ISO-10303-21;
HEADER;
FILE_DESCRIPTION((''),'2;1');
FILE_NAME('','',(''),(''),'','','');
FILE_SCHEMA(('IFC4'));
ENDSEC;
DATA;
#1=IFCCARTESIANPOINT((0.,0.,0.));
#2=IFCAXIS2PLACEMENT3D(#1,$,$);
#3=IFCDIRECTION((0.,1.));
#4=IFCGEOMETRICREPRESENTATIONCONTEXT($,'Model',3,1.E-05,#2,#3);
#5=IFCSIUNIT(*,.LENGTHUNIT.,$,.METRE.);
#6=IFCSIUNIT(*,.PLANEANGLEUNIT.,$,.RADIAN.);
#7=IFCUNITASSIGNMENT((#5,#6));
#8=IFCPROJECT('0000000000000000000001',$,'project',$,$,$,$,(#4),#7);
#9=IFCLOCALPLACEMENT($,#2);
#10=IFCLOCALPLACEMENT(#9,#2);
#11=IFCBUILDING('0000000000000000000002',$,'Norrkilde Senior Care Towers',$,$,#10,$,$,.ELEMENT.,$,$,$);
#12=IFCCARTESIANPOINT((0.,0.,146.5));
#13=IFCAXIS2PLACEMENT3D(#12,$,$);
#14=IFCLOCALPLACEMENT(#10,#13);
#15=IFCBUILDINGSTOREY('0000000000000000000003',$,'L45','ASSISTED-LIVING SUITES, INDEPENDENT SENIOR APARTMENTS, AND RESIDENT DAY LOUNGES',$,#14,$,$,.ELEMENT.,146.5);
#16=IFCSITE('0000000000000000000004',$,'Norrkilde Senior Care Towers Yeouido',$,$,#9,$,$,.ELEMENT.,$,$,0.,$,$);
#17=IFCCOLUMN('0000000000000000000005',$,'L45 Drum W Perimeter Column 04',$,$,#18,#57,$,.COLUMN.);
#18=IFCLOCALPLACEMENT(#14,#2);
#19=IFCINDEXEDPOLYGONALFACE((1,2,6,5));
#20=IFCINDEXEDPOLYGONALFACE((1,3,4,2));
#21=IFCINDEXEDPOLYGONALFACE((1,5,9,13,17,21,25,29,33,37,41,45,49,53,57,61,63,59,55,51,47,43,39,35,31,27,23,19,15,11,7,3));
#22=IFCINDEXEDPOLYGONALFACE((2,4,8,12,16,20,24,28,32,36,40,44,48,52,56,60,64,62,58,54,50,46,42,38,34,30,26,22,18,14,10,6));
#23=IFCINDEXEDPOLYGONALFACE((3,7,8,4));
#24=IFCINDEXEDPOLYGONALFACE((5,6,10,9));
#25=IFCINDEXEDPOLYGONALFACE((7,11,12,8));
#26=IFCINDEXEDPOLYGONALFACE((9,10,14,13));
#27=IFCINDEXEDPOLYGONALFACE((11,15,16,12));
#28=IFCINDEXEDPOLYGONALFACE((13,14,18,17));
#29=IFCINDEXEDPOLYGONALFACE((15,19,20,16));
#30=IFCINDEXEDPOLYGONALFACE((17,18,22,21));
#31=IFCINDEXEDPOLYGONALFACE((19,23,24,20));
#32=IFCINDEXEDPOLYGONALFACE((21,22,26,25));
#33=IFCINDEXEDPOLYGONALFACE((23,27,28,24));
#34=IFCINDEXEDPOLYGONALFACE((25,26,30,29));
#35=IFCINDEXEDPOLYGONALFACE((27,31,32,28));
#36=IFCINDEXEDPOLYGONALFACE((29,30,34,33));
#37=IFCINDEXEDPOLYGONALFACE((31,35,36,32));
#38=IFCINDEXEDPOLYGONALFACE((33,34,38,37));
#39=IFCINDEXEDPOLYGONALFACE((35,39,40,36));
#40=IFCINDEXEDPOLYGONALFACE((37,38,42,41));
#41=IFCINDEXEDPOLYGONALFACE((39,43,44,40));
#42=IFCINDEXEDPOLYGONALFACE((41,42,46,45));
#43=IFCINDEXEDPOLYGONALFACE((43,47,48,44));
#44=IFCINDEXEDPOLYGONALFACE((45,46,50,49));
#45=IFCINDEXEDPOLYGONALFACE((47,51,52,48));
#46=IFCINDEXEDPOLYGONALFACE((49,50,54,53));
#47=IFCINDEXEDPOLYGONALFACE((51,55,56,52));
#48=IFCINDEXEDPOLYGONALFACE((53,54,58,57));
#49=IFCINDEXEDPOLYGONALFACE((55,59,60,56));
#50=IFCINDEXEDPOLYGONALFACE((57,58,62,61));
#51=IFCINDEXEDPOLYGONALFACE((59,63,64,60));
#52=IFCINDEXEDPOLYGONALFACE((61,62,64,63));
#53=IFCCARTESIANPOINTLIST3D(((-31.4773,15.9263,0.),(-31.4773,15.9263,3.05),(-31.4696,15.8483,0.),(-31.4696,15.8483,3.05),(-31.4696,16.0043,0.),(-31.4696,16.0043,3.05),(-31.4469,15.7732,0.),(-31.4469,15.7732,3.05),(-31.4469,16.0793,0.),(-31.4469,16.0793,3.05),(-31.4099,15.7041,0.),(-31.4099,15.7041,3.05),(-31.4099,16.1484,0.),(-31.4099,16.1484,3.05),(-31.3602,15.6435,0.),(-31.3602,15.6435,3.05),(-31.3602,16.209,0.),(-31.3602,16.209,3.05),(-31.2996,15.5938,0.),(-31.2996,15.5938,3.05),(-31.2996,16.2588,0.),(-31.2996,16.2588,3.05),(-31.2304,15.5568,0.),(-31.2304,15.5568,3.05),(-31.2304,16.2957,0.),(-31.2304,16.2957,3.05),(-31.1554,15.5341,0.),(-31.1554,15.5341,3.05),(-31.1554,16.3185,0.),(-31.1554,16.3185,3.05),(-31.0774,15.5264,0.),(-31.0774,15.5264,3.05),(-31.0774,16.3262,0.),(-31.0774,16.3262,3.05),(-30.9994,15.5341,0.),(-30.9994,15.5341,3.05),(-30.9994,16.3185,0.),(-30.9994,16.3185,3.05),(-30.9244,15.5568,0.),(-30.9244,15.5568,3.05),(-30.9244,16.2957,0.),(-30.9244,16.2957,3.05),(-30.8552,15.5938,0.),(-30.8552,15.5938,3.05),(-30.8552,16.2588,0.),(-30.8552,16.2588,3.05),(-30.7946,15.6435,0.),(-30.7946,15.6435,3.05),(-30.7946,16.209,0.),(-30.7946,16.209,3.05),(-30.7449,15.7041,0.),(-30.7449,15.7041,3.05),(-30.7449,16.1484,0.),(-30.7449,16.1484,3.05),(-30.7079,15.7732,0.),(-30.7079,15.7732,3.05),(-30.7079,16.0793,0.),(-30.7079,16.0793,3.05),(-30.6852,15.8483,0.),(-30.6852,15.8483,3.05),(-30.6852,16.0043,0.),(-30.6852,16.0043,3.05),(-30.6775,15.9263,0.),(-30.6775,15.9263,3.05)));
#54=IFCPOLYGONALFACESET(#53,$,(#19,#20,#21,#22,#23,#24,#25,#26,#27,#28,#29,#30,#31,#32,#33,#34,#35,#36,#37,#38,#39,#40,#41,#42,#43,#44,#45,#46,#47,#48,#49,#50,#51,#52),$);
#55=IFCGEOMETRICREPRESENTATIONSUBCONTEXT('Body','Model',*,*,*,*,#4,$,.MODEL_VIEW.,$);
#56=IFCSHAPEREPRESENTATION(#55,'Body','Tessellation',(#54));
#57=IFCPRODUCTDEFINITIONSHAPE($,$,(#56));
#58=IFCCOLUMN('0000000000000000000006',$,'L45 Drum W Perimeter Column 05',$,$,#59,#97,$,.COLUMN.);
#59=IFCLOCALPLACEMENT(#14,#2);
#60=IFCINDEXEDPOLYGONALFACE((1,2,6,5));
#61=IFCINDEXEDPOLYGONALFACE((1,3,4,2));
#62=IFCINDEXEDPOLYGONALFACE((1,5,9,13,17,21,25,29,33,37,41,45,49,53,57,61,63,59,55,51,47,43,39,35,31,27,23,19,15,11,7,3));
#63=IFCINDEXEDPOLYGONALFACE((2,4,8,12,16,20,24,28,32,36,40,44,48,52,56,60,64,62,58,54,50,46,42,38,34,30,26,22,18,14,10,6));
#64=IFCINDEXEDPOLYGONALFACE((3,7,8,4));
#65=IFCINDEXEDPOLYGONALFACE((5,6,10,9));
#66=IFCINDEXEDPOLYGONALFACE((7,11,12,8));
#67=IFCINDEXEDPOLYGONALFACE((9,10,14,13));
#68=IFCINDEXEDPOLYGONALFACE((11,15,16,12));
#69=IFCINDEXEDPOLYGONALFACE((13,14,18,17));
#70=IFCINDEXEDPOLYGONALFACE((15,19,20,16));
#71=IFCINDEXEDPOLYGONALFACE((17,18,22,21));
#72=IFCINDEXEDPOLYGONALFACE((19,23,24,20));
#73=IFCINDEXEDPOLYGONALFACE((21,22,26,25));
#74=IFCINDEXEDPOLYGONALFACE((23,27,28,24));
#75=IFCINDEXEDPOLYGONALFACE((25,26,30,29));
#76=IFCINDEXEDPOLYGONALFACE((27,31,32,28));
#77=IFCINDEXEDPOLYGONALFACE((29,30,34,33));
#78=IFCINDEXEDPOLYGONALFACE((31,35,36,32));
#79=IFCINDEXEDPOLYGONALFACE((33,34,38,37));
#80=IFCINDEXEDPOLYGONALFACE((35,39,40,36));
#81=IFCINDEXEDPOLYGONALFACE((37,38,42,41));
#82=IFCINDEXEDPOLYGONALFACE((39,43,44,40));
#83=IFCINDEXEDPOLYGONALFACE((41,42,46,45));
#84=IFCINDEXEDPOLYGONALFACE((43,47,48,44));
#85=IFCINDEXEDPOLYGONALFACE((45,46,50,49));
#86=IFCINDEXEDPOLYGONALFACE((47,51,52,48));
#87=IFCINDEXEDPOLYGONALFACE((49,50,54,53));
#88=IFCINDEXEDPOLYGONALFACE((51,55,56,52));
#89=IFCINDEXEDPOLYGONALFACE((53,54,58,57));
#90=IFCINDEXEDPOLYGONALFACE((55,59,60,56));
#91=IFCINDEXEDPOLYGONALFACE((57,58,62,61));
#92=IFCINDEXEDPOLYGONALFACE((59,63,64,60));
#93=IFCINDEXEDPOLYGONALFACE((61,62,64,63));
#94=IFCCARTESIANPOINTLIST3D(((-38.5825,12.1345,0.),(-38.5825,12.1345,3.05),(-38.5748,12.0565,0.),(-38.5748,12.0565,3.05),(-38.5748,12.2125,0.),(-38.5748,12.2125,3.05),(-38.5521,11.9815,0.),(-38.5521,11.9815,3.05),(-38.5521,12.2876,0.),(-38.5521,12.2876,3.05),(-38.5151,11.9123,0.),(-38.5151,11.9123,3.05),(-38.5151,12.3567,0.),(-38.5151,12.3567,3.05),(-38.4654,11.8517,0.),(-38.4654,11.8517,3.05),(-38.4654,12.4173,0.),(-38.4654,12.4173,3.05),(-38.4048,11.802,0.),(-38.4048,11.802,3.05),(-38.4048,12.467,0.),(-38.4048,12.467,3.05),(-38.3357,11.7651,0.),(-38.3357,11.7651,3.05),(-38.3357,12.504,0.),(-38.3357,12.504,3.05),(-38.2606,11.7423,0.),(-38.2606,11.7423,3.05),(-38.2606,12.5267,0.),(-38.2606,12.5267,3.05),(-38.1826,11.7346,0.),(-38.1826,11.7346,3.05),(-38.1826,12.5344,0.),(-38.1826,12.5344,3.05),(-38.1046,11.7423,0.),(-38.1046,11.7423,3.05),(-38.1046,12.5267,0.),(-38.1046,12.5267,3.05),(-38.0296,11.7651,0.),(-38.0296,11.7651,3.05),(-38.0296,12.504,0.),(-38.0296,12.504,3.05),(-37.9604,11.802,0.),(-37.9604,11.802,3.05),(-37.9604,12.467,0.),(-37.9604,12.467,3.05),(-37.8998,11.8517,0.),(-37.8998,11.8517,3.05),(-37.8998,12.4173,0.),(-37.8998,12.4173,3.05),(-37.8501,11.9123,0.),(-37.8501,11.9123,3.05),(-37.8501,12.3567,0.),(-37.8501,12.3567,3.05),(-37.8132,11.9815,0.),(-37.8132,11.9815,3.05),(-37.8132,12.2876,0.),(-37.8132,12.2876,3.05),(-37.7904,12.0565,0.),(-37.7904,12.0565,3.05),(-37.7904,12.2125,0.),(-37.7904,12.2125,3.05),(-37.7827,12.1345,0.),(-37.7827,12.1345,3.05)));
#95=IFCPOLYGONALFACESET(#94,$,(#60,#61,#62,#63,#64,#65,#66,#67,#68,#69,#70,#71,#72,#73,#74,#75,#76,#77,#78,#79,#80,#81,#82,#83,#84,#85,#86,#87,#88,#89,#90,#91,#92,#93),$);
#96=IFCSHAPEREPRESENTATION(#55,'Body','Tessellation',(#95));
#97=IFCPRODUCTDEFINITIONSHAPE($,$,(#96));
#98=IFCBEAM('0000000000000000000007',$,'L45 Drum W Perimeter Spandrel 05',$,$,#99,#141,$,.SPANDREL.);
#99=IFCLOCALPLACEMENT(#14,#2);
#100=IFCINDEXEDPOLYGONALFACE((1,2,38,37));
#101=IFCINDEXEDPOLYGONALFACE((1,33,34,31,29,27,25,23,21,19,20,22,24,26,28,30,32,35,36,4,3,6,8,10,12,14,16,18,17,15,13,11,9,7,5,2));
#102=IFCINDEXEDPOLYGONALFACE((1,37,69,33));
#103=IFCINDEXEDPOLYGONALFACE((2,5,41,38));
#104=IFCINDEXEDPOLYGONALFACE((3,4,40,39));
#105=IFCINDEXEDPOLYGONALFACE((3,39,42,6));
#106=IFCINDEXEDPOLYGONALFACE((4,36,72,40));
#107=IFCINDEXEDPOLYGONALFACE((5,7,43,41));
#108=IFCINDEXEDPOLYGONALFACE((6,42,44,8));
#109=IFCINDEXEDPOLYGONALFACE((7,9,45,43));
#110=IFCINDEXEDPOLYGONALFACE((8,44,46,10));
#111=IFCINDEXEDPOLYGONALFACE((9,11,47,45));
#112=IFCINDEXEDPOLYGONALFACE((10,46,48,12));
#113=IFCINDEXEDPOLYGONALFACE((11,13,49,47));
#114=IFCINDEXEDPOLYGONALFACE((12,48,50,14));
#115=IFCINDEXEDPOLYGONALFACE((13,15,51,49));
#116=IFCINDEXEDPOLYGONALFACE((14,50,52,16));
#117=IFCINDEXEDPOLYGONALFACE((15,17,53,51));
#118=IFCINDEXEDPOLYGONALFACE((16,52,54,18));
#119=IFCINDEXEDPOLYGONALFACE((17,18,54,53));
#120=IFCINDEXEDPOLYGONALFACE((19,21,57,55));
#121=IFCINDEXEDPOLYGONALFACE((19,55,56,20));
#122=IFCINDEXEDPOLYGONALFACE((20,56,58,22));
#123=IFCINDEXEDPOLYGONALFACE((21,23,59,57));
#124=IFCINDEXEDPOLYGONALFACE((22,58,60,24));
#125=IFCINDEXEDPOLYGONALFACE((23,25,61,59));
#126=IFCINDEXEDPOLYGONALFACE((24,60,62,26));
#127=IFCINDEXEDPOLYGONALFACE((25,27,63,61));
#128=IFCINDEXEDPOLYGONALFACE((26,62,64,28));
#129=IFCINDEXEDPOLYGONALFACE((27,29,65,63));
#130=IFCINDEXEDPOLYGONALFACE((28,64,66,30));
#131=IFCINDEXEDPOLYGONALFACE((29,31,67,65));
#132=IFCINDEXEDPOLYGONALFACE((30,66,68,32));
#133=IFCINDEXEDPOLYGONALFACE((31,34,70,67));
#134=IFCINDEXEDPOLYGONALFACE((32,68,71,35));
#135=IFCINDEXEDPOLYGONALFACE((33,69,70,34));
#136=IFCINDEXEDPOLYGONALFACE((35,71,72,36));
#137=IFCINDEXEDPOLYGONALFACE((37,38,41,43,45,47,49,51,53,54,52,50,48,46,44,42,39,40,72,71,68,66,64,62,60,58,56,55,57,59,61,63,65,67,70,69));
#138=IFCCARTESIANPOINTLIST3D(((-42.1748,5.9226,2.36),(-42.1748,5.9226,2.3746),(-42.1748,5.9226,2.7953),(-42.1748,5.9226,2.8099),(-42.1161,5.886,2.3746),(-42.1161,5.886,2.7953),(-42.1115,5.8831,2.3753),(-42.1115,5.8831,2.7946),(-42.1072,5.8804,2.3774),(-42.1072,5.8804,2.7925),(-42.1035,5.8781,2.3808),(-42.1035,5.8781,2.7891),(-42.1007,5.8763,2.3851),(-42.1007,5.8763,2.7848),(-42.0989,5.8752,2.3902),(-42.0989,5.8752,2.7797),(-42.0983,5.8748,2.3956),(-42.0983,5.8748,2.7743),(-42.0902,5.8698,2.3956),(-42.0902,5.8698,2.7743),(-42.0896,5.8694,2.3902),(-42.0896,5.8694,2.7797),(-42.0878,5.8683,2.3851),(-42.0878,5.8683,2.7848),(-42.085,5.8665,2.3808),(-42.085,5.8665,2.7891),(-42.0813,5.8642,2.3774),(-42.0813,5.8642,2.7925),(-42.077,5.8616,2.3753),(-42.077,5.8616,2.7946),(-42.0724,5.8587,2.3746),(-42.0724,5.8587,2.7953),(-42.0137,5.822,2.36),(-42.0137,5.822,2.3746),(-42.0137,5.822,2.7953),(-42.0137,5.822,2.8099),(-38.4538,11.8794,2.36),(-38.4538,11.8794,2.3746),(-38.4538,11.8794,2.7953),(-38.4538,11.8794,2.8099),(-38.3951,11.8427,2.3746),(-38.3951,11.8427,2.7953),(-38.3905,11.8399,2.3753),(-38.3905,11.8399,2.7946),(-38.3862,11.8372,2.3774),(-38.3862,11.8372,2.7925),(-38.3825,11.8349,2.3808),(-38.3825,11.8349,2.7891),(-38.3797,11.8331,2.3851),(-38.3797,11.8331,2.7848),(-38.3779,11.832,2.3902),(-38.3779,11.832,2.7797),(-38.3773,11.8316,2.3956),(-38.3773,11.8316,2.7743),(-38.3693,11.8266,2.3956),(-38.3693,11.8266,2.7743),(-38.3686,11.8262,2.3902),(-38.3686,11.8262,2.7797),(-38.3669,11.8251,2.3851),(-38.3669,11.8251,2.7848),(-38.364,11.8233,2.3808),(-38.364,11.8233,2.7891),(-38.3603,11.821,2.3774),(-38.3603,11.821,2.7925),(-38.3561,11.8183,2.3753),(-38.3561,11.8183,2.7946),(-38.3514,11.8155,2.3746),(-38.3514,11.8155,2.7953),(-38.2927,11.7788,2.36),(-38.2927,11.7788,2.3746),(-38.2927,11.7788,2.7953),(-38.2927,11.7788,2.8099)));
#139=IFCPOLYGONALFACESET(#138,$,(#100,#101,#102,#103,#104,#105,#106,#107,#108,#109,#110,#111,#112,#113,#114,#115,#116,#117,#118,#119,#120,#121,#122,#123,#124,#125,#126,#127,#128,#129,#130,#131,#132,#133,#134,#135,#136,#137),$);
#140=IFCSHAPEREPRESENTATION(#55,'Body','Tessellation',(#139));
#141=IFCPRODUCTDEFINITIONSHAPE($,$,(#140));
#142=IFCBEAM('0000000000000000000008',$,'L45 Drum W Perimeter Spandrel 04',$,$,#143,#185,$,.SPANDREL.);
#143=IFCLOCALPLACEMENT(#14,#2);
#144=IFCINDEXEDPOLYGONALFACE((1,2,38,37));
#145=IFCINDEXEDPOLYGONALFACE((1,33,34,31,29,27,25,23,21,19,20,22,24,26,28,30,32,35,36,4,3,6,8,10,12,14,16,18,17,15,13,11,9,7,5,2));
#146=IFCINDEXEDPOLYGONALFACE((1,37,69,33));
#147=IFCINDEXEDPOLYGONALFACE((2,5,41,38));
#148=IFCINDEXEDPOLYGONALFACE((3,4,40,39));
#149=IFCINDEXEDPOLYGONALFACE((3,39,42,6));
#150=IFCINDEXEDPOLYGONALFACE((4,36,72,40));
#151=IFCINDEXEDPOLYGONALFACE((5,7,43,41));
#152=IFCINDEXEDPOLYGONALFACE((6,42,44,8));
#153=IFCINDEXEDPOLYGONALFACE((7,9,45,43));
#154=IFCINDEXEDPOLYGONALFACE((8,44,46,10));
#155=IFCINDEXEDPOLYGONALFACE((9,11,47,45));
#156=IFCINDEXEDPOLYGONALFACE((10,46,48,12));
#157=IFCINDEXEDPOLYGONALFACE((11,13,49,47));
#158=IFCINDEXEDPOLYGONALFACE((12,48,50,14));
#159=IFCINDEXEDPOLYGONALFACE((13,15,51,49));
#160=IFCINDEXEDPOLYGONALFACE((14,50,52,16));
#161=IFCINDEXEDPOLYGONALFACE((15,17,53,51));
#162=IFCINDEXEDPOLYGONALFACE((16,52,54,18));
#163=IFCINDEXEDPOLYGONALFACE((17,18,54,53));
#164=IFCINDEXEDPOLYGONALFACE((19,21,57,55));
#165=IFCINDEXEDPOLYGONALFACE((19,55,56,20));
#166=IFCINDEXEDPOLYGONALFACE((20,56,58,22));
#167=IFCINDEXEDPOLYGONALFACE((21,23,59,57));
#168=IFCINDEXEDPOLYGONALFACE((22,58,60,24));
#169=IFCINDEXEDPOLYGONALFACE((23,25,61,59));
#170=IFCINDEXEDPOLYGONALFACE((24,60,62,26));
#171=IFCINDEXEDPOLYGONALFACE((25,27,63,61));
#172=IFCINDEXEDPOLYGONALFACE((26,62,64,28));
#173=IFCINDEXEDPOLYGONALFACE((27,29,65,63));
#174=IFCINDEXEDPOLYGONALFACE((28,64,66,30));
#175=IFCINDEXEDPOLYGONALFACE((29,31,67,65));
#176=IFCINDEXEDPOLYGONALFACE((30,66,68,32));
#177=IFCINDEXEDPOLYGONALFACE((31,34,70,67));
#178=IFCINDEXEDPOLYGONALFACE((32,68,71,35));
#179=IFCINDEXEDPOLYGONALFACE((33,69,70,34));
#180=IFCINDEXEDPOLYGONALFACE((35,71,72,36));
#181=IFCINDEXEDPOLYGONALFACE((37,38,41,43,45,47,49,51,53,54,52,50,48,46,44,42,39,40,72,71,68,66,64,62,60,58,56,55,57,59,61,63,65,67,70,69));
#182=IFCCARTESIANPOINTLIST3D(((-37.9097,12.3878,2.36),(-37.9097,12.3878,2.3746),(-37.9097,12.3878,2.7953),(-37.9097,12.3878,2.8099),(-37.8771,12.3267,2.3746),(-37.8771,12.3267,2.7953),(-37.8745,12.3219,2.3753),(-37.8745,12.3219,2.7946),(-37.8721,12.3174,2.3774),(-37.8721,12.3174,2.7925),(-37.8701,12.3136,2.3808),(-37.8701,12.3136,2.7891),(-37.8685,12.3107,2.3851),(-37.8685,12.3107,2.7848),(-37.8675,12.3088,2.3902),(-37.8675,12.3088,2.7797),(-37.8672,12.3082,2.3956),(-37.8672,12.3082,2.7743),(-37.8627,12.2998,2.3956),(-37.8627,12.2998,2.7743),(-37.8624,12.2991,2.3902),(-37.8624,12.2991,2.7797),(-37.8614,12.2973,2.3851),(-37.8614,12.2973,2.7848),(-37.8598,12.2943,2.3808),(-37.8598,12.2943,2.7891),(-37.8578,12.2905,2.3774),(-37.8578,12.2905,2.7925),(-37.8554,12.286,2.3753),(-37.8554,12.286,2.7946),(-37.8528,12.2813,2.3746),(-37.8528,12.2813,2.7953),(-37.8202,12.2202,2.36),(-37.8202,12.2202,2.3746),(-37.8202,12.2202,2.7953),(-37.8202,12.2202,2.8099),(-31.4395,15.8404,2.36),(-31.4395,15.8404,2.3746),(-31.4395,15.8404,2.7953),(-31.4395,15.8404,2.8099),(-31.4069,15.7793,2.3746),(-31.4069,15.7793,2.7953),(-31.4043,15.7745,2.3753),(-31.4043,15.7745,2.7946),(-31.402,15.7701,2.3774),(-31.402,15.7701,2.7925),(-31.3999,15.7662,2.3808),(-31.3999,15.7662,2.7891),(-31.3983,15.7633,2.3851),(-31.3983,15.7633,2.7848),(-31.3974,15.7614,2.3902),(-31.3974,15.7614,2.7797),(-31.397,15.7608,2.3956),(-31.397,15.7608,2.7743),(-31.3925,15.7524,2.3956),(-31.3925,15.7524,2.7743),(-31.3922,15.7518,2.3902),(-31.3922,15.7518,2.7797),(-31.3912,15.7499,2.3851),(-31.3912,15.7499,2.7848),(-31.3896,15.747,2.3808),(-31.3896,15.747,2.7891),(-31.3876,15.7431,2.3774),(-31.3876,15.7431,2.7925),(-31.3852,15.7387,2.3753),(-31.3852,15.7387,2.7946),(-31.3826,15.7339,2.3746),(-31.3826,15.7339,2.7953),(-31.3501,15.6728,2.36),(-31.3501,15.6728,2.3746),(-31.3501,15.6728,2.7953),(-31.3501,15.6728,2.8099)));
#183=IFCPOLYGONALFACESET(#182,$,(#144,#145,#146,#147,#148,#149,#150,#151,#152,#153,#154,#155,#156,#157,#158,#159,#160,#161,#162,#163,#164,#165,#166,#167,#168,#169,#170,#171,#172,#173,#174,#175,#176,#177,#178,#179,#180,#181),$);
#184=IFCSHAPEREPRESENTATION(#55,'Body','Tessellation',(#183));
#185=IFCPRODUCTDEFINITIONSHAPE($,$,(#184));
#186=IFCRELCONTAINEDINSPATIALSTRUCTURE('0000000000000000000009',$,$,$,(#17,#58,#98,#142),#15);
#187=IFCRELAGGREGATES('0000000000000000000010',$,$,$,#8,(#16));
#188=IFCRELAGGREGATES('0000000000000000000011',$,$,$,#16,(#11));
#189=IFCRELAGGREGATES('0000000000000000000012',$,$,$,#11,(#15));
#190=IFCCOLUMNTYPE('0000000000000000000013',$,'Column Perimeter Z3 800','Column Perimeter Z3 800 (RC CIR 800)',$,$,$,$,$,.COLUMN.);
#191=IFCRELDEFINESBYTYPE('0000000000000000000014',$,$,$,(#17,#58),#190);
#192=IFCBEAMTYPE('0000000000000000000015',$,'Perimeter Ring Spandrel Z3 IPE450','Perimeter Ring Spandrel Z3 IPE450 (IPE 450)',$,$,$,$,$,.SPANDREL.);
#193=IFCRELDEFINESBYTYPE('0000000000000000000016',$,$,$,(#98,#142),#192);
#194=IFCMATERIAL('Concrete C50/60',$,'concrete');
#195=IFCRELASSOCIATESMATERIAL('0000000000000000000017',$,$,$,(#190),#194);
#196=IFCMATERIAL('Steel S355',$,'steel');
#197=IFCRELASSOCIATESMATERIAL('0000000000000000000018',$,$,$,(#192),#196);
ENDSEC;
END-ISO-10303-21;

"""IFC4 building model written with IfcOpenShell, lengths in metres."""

from ifc_helpers import new_model, si_unit, direction, frame, origin, origin_2d, place, context, subcontext, project, spatial, circle, i_section, extrude, source, transform, mapped, material, material_profile, profile_set, type_object, type_shapes, element, save


model = new_model("IFC4")

# Units and contexts
model_context = context("Model", 3, precision=1e-05, world=origin(), true_north=direction((0.0, 1.0)))
body_context = subcontext(model_context, "Body", "Model", "MODEL_VIEW")
ifc_project = project(units=[si_unit("LENGTHUNIT", "METRE"), si_unit("PLANEANGLEUNIT", "RADIAN")], contexts=[model_context])

# Site, building, storey
site_placement = place(None, origin())
site = spatial("IfcSite", under=ifc_project, at=site_placement, Name="Norrkilde Senior Care Towers Yeouido", CompositionType="ELEMENT", RefElevation=0.0)
building_placement = place(site_placement, origin())
building = spatial("IfcBuilding", under=site, at=building_placement, Name="Norrkilde Senior Care Towers", CompositionType="ELEMENT")
storey_placement = place(building_placement, frame((0.0, 0.0, 146.5)))
storey = spatial("IfcBuildingStorey", under=building, at=storey_placement, Name="L45", Description="ASSISTED-LIVING SUITES, INDEPENDENT SENIOR APARTMENTS, AND RESIDENT DAY LOUNGES", CompositionType="ELEMENT", Elevation=146.5)

# Columns
ifc_material_1 = material(Name="Concrete C50/60", Category="concrete")
ifc_material_profile_1 = material_profile(ifc_material_1, circle(Radius=0.3999, at=origin_2d()), Name="RC CIR 800")
ifc_profile_set_1 = profile_set([ifc_material_profile_1], Name="Concrete C50/60")
column_type = type_object("IfcColumnType", Name="Column Perimeter Z3 800", Description="Column Perimeter Z3 800 (RC CIR 800)", PredefinedType="COLUMN", material=ifc_profile_set_1)
shared_shape_1 = source(origin(), body_context, "Body", "SweptSolid", [
    extrude(circle(Radius=0.3999, at=origin_2d()), origin(), (0.0, 0.0, 1.0), 3.05),
])
type_shapes(column_type, [shared_shape_1])
for number, where, z_axis, x_axis, name in (
    (1, (-31.0774, 15.9263, 0.0), (0.0, 0.0, 1.0), (1.0, 0.0, 0.0), "L45 Drum W Perimeter Column 04"),
    (2, (-38.1826, 12.1345, 0.0), (0.0, 0.0, 1.0), (1.0, 0.0, 0.0), "L45 Drum W Perimeter Column 05"),
):
    element("IfcColumn", number, at=place(storey_placement, frame(where, z_axis=z_axis, x_axis=x_axis)), inside=storey, type_object=column_type, Name=name, PredefinedType="COLUMN", context=body_context, shape_type="MappedRepresentation", body=[
        mapped(shared_shape_1, transform((0.0, 0.0, 0.0), x_axis=(1.0, 0.0, 0.0), y_axis=(0.0, 1.0, 0.0), z_axis=(0.0, 0.0, 1.0), scale=1.0)),
    ])

# Beams
ifc_material_2 = material(Name="Steel S355", Category="steel")
ifc_material_profile_2 = material_profile(ifc_material_2, i_section(OverallWidth=0.1899, OverallDepth=0.45, WebThickness=0.0095, FlangeThickness=0.0146, FilletRadius=0.021, at=origin_2d()), Name="IPE 450")
ifc_profile_set_2 = profile_set([ifc_material_profile_2], Name="Steel S355")
beam_type_1 = type_object("IfcBeamType", Name="Perimeter Ring Spandrel Z3 IPE450", Description="Perimeter Ring Spandrel Z3 IPE450 (IPE 450)", PredefinedType="SPANDREL", material=ifc_profile_set_2)
shared_shape_2 = source(origin(), body_context, "Body", "SweptSolid", [
    extrude(i_section(OverallWidth=0.1899, OverallDepth=0.45, WebThickness=0.0095, FlangeThickness=0.0146, FilletRadius=0.021, at=origin_2d()), origin(), (0.0, 0.0, 1.0), 7.0234),
])
beam_1_placement = place(storey_placement, frame((-38.3733, 11.8291, 2.585), z_axis=(-0.52979, -0.848129, 0.0), x_axis=(0.848129, -0.52979, 0.0)))
element("IfcBeam", 3, at=beam_1_placement, inside=storey, type_object=beam_type_1, Name="L45 Drum W Perimeter Spandrel 05", PredefinedType="SPANDREL", context=body_context, shape_type="MappedRepresentation", body=[
    mapped(shared_shape_2, transform((0.0, 0.0, 0.0), x_axis=(1.0, 0.0, 0.0), y_axis=(0.0, 1.0, 0.0), z_axis=(0.0, 0.0, 1.0), scale=1.0)),
])
shared_shape_3 = source(origin(), body_context, "Body", "SweptSolid", [
    extrude(i_section(OverallWidth=0.1899, OverallDepth=0.45, WebThickness=0.0095, FlangeThickness=0.0146, FilletRadius=0.021, at=origin_2d()), origin(), (0.0, 0.0, 1.0), 7.3337),
])
type_shapes(beam_type_1, [shared_shape_2, shared_shape_3])
beam_2_placement = place(storey_placement, frame((-31.3948, 15.7566, 2.585), z_axis=(-0.882248, -0.470785, 0.0), x_axis=(0.470785, -0.882248, 0.0)))
element("IfcBeam", 4, at=beam_2_placement, inside=storey, type_object=beam_type_1, Name="L45 Drum W Perimeter Spandrel 04", PredefinedType="SPANDREL", context=body_context, shape_type="MappedRepresentation", body=[
    mapped(shared_shape_3, transform((0.0, 0.0, 0.0), x_axis=(1.0, 0.0, 0.0), y_axis=(0.0, 1.0, 0.0), z_axis=(0.0, 0.0, 1.0), scale=1.0)),
])

save(model, "model.ifc")
